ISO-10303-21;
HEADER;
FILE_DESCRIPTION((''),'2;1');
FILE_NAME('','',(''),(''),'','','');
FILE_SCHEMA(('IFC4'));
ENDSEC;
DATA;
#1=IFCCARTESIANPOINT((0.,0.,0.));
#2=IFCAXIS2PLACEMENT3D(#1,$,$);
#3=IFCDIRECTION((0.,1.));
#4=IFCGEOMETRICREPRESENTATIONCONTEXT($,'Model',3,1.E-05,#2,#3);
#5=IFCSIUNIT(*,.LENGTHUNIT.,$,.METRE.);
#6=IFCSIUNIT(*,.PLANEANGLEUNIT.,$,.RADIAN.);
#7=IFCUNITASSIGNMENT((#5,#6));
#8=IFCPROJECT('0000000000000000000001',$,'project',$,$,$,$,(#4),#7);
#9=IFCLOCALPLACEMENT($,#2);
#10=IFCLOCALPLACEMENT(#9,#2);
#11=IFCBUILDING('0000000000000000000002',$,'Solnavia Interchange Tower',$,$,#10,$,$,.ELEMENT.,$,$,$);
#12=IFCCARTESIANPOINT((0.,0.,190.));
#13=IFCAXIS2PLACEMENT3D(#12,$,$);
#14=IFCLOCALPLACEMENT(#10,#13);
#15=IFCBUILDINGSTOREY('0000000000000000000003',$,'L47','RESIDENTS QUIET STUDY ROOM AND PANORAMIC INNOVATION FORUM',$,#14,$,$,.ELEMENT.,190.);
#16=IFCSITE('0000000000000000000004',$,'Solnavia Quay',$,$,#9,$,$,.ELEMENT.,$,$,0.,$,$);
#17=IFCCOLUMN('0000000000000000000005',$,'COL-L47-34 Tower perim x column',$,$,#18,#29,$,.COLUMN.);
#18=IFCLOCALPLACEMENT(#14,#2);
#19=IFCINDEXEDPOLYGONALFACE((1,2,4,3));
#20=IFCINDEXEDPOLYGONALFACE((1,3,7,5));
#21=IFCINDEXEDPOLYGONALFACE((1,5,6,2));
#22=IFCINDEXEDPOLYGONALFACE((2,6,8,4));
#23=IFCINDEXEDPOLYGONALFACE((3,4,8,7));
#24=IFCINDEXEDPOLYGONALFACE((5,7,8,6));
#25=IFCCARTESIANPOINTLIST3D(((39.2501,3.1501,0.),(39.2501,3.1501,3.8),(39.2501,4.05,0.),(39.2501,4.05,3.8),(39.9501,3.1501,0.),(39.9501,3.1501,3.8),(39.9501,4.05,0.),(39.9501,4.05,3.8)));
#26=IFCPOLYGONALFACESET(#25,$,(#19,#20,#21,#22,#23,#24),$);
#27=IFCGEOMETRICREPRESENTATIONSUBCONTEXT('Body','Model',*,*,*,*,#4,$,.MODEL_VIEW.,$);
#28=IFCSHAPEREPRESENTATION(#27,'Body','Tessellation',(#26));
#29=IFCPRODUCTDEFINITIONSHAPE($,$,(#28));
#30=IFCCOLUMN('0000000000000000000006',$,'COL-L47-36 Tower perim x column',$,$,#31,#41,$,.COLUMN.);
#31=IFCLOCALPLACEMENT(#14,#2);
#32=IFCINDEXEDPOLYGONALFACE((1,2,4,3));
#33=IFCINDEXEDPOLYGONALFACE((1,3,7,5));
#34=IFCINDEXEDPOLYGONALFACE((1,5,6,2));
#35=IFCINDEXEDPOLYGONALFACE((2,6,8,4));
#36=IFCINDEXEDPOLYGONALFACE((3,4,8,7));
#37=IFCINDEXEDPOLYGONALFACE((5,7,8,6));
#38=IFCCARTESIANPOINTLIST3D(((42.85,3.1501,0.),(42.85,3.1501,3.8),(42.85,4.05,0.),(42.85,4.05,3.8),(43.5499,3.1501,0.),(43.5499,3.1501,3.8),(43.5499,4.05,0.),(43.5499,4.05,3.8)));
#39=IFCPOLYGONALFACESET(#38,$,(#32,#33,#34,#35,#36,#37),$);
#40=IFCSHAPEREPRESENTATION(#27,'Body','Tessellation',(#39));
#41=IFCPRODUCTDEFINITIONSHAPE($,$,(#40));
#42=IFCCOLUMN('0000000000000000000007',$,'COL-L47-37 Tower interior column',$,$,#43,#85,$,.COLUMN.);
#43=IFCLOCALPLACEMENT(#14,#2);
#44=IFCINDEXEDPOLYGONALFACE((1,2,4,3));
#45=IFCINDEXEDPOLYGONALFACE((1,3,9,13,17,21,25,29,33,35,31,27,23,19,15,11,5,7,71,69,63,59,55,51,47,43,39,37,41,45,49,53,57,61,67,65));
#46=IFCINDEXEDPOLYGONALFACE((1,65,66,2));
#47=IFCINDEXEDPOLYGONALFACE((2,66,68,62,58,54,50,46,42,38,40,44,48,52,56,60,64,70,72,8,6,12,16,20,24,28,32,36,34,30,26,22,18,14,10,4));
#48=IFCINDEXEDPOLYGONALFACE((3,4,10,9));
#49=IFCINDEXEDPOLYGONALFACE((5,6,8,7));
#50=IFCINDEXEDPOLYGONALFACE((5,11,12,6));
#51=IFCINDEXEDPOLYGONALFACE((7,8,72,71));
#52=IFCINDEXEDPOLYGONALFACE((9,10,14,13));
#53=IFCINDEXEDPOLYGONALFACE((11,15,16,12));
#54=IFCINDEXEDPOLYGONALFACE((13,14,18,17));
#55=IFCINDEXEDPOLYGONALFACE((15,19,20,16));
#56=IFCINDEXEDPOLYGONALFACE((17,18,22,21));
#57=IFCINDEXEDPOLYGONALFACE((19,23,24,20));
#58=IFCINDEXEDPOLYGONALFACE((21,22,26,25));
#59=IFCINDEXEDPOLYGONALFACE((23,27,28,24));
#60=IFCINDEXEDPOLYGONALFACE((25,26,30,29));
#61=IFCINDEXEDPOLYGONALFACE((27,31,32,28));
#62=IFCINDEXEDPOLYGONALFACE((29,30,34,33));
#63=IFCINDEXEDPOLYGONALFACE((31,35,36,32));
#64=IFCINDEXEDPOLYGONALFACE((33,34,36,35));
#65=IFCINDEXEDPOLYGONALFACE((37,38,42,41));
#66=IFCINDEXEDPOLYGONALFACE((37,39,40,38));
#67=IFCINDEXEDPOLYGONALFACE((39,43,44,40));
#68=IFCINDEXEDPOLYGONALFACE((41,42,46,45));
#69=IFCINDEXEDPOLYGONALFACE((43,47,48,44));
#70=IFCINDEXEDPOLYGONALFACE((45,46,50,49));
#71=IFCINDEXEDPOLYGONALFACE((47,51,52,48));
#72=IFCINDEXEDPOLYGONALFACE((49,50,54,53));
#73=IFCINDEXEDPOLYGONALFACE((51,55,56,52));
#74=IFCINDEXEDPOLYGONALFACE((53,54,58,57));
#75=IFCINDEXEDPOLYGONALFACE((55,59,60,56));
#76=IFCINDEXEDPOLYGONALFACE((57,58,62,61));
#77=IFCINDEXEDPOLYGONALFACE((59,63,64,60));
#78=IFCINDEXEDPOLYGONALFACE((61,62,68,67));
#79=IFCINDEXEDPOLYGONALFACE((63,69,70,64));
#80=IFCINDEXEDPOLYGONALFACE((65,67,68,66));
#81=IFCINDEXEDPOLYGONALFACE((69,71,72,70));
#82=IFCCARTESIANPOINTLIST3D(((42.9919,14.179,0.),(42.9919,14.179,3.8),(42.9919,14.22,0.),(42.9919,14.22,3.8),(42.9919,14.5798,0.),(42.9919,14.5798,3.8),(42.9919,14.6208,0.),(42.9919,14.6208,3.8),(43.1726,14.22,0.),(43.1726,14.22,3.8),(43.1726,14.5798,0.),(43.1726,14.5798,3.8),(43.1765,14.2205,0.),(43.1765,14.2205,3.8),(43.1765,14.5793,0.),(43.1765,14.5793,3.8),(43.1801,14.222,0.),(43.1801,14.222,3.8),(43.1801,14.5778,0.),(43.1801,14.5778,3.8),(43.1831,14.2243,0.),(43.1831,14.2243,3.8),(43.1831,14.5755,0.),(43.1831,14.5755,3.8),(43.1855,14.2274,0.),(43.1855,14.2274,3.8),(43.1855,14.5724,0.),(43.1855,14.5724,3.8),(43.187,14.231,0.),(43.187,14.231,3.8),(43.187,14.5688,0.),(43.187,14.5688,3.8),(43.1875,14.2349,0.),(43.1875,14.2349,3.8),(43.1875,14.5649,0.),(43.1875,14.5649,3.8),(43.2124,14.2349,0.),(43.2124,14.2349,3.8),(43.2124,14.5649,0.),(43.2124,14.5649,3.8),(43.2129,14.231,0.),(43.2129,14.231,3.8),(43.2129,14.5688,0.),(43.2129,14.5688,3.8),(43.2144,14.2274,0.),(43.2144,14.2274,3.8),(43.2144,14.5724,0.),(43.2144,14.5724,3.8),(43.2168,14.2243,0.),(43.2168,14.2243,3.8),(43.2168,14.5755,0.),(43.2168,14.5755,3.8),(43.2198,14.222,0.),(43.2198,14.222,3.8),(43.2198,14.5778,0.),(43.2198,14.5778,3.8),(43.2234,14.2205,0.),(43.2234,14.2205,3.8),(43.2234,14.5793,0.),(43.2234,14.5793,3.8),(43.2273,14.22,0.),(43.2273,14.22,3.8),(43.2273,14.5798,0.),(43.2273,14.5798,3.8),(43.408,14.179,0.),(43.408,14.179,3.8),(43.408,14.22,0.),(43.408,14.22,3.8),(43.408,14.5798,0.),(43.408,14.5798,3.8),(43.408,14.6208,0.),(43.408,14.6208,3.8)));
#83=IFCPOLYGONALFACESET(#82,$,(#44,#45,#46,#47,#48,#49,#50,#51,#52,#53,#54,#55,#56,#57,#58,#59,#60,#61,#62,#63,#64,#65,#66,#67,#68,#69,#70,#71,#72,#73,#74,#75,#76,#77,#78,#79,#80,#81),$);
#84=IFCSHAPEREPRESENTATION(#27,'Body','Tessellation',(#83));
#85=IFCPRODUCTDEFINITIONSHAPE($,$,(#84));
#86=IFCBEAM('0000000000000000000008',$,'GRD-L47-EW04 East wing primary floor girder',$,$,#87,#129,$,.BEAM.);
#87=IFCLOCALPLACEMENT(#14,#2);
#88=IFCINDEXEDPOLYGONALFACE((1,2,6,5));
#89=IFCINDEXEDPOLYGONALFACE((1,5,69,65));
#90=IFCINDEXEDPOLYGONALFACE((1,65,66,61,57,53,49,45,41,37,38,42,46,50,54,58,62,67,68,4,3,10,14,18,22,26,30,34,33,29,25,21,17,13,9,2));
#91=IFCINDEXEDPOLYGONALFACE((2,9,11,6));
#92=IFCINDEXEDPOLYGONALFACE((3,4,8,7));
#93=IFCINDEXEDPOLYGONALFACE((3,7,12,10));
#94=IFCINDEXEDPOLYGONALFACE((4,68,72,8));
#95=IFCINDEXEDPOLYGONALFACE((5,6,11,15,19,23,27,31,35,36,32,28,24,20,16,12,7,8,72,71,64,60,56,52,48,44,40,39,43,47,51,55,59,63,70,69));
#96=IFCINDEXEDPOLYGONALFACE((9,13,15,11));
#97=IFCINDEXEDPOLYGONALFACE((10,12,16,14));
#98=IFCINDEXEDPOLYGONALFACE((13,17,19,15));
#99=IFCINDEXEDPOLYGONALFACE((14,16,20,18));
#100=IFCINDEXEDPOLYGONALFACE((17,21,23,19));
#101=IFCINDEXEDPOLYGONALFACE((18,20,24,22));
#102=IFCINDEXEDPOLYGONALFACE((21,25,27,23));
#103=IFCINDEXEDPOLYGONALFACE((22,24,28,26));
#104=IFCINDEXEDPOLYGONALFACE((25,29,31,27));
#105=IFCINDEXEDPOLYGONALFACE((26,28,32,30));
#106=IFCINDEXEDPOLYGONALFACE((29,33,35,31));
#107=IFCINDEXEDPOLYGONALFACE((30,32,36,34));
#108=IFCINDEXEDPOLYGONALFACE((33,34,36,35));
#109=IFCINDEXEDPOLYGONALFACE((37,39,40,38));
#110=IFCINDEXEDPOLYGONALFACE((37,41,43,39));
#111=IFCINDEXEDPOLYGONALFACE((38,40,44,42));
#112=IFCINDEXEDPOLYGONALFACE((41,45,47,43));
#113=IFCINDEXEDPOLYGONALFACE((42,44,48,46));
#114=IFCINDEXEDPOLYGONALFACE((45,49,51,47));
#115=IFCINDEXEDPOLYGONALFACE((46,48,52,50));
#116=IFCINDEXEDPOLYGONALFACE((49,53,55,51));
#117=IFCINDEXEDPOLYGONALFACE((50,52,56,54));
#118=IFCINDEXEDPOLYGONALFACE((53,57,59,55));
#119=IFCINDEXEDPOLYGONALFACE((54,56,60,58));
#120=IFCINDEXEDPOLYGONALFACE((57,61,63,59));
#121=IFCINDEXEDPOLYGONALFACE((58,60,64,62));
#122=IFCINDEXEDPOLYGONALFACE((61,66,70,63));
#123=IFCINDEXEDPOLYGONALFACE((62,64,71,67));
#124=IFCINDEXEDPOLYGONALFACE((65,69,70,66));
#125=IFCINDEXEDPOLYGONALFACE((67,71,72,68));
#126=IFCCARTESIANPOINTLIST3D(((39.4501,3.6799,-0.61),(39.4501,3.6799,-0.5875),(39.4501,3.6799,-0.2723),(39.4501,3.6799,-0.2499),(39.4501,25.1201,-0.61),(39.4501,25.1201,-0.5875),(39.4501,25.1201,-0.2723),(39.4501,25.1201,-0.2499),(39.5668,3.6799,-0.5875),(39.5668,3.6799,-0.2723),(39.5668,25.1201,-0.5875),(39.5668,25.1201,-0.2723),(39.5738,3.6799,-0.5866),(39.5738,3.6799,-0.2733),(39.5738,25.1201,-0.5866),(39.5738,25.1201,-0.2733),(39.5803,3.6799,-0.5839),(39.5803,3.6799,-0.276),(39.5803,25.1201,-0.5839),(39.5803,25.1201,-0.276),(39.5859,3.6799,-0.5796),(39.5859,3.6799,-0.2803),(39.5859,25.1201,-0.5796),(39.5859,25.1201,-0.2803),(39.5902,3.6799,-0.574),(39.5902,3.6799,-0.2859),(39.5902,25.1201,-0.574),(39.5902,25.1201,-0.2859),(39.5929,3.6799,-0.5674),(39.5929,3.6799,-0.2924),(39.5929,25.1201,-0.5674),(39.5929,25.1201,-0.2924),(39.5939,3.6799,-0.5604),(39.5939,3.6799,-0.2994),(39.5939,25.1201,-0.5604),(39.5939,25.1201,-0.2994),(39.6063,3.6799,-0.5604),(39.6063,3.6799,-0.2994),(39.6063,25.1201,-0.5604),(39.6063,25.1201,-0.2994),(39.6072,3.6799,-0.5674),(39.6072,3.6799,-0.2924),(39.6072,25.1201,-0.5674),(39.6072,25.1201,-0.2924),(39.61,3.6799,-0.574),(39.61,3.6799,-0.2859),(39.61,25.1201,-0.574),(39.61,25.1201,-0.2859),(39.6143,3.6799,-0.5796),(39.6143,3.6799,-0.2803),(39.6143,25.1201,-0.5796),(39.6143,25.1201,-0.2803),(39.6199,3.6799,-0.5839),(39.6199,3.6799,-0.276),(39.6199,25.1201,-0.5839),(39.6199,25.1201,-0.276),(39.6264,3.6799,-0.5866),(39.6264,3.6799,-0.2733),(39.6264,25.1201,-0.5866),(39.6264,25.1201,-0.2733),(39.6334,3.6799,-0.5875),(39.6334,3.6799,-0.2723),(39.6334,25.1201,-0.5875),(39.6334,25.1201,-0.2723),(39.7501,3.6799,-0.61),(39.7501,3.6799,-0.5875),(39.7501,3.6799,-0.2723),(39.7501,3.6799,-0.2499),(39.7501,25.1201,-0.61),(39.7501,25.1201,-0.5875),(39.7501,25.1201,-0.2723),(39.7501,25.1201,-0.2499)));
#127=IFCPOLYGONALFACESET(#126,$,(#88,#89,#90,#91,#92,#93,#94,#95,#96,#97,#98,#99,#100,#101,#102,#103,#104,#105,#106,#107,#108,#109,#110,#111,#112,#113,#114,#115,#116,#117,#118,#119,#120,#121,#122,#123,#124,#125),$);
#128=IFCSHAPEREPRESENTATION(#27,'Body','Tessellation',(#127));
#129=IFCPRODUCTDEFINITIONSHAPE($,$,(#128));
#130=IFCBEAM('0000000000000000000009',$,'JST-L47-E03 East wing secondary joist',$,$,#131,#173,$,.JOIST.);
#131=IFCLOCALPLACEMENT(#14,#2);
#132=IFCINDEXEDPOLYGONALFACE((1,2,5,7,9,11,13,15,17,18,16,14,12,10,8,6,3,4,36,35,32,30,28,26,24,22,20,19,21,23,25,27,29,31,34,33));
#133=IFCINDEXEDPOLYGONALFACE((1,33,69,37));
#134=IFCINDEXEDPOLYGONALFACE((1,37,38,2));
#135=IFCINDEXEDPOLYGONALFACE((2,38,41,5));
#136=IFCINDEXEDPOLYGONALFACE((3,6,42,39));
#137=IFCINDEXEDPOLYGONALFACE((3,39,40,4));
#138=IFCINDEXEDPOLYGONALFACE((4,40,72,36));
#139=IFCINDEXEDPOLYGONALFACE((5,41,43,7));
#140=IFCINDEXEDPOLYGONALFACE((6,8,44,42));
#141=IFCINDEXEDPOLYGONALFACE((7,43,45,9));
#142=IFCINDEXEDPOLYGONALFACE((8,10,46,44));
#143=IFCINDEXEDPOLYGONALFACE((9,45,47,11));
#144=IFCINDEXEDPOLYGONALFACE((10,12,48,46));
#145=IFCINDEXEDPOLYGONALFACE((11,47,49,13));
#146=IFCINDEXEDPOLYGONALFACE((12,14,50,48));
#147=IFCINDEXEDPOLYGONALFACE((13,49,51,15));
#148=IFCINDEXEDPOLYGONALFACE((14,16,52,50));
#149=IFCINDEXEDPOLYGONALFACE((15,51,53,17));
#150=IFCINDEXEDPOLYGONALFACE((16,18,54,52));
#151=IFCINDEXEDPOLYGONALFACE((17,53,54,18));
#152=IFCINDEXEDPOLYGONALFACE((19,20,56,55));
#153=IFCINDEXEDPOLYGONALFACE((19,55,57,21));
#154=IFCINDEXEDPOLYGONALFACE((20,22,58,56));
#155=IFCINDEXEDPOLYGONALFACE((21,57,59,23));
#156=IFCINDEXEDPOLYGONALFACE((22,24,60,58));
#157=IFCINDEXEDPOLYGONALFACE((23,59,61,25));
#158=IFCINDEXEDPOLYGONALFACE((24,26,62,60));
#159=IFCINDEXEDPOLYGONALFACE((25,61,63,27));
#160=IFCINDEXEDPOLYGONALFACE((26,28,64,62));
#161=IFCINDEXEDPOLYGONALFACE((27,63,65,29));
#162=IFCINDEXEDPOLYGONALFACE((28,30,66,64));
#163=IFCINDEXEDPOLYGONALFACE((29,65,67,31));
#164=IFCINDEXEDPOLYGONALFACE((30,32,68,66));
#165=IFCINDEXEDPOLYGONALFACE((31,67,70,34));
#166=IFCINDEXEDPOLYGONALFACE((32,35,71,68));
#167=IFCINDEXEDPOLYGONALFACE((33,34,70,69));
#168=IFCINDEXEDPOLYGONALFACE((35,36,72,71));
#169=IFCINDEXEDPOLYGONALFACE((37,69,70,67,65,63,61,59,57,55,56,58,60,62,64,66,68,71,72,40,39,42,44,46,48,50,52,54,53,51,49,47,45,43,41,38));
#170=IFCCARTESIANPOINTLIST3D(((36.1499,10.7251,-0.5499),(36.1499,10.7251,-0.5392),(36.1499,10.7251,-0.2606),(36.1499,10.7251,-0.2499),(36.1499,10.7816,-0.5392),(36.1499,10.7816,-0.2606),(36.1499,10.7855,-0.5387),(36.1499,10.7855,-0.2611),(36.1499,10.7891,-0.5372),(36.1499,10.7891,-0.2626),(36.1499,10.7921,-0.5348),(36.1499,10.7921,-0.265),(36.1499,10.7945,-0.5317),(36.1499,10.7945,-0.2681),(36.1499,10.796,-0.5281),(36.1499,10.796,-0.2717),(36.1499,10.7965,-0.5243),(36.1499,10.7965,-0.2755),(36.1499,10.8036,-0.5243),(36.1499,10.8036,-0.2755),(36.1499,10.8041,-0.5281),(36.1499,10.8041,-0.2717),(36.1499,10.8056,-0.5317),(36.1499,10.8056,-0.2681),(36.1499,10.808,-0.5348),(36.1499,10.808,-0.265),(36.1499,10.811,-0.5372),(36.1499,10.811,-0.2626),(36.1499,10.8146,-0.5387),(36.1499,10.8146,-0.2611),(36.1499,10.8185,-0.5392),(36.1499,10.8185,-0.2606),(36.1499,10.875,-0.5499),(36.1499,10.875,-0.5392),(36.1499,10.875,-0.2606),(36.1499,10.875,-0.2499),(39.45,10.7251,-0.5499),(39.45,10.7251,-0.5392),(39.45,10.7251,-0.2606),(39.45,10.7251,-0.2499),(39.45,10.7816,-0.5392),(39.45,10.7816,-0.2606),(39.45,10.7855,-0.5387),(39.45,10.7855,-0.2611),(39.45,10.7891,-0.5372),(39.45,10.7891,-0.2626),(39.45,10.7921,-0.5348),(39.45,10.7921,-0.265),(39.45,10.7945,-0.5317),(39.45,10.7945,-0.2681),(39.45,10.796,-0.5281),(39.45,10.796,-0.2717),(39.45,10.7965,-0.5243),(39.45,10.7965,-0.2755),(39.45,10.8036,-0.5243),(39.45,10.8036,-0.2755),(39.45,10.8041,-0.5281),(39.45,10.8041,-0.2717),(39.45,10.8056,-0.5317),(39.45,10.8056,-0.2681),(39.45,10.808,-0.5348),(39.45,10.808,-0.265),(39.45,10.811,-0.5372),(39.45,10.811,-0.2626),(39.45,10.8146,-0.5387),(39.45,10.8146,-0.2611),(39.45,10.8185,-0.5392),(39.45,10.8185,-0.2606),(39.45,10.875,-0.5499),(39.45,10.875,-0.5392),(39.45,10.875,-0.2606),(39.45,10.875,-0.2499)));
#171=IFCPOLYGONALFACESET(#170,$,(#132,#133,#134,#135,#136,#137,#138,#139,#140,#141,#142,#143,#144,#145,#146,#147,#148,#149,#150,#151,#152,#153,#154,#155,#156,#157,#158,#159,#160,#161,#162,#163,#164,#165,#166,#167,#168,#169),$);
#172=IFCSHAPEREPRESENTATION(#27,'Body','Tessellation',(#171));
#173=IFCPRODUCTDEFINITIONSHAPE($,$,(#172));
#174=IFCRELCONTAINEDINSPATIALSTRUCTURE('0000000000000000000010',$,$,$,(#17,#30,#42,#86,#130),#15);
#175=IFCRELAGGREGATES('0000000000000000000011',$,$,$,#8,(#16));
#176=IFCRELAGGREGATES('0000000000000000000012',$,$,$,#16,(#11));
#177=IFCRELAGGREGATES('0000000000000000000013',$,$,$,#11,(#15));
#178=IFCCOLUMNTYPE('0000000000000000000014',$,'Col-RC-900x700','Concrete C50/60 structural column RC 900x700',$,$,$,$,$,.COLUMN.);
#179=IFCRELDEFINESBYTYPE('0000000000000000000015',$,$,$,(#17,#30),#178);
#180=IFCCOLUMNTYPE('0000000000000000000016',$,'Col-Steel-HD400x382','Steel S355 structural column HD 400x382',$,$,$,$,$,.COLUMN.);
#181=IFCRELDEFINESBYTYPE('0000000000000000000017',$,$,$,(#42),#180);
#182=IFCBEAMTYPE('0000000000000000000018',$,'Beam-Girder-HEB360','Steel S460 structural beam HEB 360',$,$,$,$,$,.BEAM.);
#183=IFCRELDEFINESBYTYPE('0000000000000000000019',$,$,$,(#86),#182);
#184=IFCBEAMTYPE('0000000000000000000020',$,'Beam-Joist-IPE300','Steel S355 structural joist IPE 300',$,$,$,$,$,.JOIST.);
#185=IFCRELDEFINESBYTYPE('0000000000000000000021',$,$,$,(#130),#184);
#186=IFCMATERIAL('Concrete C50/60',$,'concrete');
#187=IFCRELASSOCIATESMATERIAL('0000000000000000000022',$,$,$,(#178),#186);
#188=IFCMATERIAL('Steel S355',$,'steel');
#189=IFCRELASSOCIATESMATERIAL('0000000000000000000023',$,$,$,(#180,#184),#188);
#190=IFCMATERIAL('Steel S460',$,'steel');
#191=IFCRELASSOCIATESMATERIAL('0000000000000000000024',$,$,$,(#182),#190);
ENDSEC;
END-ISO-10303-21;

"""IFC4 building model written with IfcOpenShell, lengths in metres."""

from ifc_helpers import new_model, si_unit, direction, frame, origin, origin_2d, place, context, subcontext, project, spatial, rectangle, i_section, extrude, material, material_profile, profile_set, type_object, element, save


model = new_model("IFC4")

# Units and contexts
model_context = context("Model", 3, precision=1e-05, world=origin(), true_north=direction((0.0, 1.0)))
body_context = subcontext(model_context, "Body", "Model", "MODEL_VIEW")
ifc_project = project(units=[si_unit("LENGTHUNIT", "METRE"), si_unit("PLANEANGLEUNIT", "RADIAN")], contexts=[model_context])

# Site, building, storey
site_placement = place(None, origin())
site = spatial("IfcSite", under=ifc_project, at=site_placement, Name="Solnavia Quay", CompositionType="ELEMENT", RefElevation=0.0)
building_placement = place(site_placement, origin())
building = spatial("IfcBuilding", under=site, at=building_placement, Name="Solnavia Interchange Tower", CompositionType="ELEMENT")
storey_placement = place(building_placement, frame((0.0, 0.0, 190.0)))
storey = spatial("IfcBuildingStorey", under=building, at=storey_placement, Name="L47", Description="RESIDENTS QUIET STUDY ROOM AND PANORAMIC INNOVATION FORUM", CompositionType="ELEMENT", Elevation=190.0)

# Columns
ifc_material_1 = material(Name="Concrete C50/60", Category="concrete")
ifc_material_profile_1 = material_profile(ifc_material_1, rectangle(XDim=0.7, YDim=0.8999, at=origin_2d()), Name="RC 900x700")
ifc_profile_set_1 = profile_set([ifc_material_profile_1], Name="Concrete C50/60")
column_type_1 = type_object("IfcColumnType", Name="Col-RC-900x700", Description="Concrete C50/60 structural column RC 900x700", PredefinedType="COLUMN", material=ifc_profile_set_1)
for number, where, z_axis, x_axis, name in (
    (1, (39.6001, 3.6001, 0.0), (0.0, 0.0, 1.0), (1.0, 0.0, 0.0), "COL-L47-34 Tower perim x column"),
    (2, (43.2, 3.6001, 0.0), (0.0, 0.0, 1.0), (1.0, 0.0, 0.0), "COL-L47-36 Tower perim x column"),
):
    element("IfcColumn", number, at=place(storey_placement, frame(where, z_axis=z_axis, x_axis=x_axis)), inside=storey, type_object=column_type_1, Name=name, PredefinedType="COLUMN", context=body_context, shape_type="SweptSolid", body=[
        extrude(rectangle(XDim=0.7, YDim=0.8999, at=origin_2d()), origin(), (0.0, 0.0, 1.0), 3.8),
    ])
ifc_material_2 = material(Name="Steel S355", Category="steel")
ifc_material_profile_2 = material_profile(ifc_material_2, i_section(OverallWidth=0.416, OverallDepth=0.4419, WebThickness=0.0249, FlangeThickness=0.041, FilletRadius=0.0149, at=origin_2d()), Name="HD 400x382")
ifc_profile_set_2 = profile_set([ifc_material_profile_2], Name="Steel S355")
column_type_2 = type_object("IfcColumnType", Name="Col-Steel-HD400x382", Description="Steel S355 structural column HD 400x382", PredefinedType="COLUMN", material=ifc_profile_set_2)
column_placement = place(storey_placement, frame((43.2, 14.3999, 0.0), z_axis=(0.0, 0.0, 1.0), x_axis=(1.0, 0.0, 0.0)))
element("IfcColumn", 3, at=column_placement, inside=storey, type_object=column_type_2, Name="COL-L47-37 Tower interior column", PredefinedType="COLUMN", context=body_context, shape_type="SweptSolid", body=[
    extrude(i_section(OverallWidth=0.416, OverallDepth=0.4419, WebThickness=0.0249, FlangeThickness=0.041, FilletRadius=0.0149, at=origin_2d()), origin(), (0.0, 0.0, 1.0), 3.8),
])

# Beams
ifc_material_3 = material(Name="Steel S460", Category="steel")
ifc_material_profile_3 = material_profile(ifc_material_3, i_section(OverallWidth=0.3, OverallDepth=0.3601, WebThickness=0.0125, FlangeThickness=0.0225, FilletRadius=0.0271, at=origin_2d()), Name="HEB 360")
ifc_profile_set_3 = profile_set([ifc_material_profile_3], Name="Steel S460")
beam_type_1 = type_object("IfcBeamType", Name="Beam-Girder-HEB360", Description="Steel S460 structural beam HEB 360", PredefinedType="BEAM", material=ifc_profile_set_3)
beam_1_placement = place(storey_placement, frame((39.6001, 3.6799, -0.4299), z_axis=(0.0, 1.0, 0.0), x_axis=(-1.0, 0.0, 0.0)))
element("IfcBeam", 4, at=beam_1_placement, inside=storey, type_object=beam_type_1, Name="GRD-L47-EW04 East wing primary floor girder", PredefinedType="BEAM", context=body_context, shape_type="SweptSolid", body=[
    extrude(i_section(OverallWidth=0.3, OverallDepth=0.3601, WebThickness=0.0125, FlangeThickness=0.0225, FilletRadius=0.0271, at=origin_2d()), origin(), (0.0, 0.0, 1.0), 21.4402),
])
ifc_material_profile_4 = material_profile(ifc_material_2, i_section(OverallWidth=0.1499, OverallDepth=0.3, WebThickness=0.0071, FlangeThickness=0.0107, FilletRadius=0.0149, at=origin_2d()), Name="IPE 300")
ifc_profile_set_4 = profile_set([ifc_material_profile_4], Name="Steel S355")
beam_type_2 = type_object("IfcBeamType", Name="Beam-Joist-IPE300", Description="Steel S355 structural joist IPE 300", PredefinedType="JOIST", material=ifc_profile_set_4)
beam_2_placement = place(storey_placement, frame((36.1499, 10.8, -0.3999), z_axis=(1.0, 0.0, 0.0), x_axis=(0.0, 1.0, 0.0)))
element("IfcBeam", 5, at=beam_2_placement, inside=storey, type_object=beam_type_2, Name="JST-L47-E03 East wing secondary joist", PredefinedType="JOIST", context=body_context, shape_type="SweptSolid", body=[
    extrude(i_section(OverallWidth=0.1499, OverallDepth=0.3, WebThickness=0.0071, FlangeThickness=0.0107, FilletRadius=0.0149, at=origin_2d()), origin(), (0.0, 0.0, 1.0), 3.3),
])

save(model, "model.ifc")
